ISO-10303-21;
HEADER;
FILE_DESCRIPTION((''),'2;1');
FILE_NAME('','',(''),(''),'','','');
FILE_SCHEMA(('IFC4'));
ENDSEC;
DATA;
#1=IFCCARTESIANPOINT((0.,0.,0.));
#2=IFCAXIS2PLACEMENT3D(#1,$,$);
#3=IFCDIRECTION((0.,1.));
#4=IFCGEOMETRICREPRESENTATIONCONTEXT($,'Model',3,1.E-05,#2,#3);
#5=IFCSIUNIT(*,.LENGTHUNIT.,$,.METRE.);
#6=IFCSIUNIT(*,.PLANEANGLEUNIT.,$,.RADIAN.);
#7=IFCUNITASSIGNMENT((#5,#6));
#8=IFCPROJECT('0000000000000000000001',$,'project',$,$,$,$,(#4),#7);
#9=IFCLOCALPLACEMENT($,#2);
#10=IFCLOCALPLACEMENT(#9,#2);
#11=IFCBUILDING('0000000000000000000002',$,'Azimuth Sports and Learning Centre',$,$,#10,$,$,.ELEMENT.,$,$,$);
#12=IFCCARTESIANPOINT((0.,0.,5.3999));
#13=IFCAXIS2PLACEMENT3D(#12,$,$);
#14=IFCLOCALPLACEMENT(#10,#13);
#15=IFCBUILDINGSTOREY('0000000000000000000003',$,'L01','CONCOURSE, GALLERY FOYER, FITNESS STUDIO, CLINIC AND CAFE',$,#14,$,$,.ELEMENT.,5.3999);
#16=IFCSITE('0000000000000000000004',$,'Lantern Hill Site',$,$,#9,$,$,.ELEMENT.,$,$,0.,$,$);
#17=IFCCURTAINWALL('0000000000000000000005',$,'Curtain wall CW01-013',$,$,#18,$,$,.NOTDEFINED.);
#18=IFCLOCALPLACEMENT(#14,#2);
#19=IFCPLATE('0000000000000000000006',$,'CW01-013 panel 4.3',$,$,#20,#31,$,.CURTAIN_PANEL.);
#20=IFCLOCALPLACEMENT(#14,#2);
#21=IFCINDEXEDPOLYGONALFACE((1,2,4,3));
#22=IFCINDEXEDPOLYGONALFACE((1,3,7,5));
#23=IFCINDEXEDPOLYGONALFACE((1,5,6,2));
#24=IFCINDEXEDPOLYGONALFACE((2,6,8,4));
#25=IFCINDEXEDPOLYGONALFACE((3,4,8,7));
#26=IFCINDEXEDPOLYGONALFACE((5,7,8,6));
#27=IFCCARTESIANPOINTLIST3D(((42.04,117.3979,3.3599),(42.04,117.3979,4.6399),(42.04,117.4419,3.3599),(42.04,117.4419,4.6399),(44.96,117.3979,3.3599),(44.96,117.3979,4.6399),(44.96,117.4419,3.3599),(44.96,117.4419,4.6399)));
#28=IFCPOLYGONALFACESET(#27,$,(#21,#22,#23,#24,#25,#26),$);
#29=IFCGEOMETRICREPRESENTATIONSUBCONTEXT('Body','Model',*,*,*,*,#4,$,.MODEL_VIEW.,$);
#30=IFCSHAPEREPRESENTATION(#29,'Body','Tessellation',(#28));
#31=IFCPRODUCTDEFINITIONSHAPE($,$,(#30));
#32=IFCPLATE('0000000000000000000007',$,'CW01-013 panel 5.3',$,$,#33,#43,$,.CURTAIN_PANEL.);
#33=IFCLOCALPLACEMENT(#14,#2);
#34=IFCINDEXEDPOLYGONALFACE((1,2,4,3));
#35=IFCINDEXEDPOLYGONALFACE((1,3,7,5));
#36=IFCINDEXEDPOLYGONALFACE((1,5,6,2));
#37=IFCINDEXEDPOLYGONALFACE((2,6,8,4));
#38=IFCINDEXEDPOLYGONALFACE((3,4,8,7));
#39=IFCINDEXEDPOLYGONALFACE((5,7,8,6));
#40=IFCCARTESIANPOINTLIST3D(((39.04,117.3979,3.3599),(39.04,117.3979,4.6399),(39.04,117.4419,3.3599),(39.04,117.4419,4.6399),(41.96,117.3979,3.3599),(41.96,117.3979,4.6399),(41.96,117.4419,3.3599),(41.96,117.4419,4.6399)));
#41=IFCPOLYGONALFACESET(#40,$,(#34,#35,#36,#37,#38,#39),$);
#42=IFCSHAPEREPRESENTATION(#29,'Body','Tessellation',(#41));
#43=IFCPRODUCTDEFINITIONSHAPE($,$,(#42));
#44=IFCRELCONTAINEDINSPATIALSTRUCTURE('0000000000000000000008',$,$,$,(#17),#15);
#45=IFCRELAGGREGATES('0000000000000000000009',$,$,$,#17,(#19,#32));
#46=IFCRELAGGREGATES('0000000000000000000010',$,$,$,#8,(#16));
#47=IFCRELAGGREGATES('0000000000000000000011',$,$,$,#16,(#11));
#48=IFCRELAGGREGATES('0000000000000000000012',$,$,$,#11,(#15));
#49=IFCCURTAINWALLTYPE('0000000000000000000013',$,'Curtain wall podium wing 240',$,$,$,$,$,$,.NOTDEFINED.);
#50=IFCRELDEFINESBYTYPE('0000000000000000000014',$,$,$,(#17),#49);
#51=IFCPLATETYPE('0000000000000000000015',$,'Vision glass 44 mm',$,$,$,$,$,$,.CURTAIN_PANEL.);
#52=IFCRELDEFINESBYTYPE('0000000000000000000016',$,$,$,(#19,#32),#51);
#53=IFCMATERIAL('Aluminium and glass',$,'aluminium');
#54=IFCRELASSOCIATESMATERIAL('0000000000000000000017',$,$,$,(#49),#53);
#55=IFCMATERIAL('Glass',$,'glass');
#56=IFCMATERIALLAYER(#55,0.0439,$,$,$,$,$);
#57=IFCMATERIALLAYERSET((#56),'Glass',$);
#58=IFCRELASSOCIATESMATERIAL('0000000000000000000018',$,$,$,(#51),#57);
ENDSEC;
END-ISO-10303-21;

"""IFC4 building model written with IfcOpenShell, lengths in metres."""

from ifc_helpers import new_model, si_unit, direction, frame, origin, origin_2d, place, context, subcontext, project, spatial, rectangle, extrude, material, layer, layer_set, type_object, element, aggregate, save


model = new_model("IFC4")

# Units and contexts
model_context = context("Model", 3, precision=1e-05, world=origin(), true_north=direction((0.0, 1.0)))
body_context = subcontext(model_context, "Body", "Model", "MODEL_VIEW")
ifc_project = project(units=[si_unit("LENGTHUNIT", "METRE"), si_unit("PLANEANGLEUNIT", "RADIAN")], contexts=[model_context])

# Site, building, storey
site_placement = place(None, origin())
site = spatial("IfcSite", under=ifc_project, at=site_placement, Name="Lantern Hill Site", CompositionType="ELEMENT", RefElevation=0.0)
building_placement = place(site_placement, origin())
building = spatial("IfcBuilding", under=site, at=building_placement, Name="Azimuth Sports and Learning Centre", CompositionType="ELEMENT")
storey_placement = place(building_placement, frame((0.0, 0.0, 5.3999)))
storey = spatial("IfcBuildingStorey", under=building, at=storey_placement, Name="L01", Description="CONCOURSE, GALLERY FOYER, FITNESS STUDIO, CLINIC AND CAFE", CompositionType="ELEMENT", Elevation=5.3999)

# Curtain wall, plates
ifc_material_1 = material(Name="Aluminium and glass", Category="aluminium")
curtain_wall_type = type_object("IfcCurtainWallType", Name="Curtain wall podium wing 240", PredefinedType="NOTDEFINED", material=ifc_material_1)
curtain_wall_placement = place(storey_placement, origin())
curtain_wall = element("IfcCurtainWall", 1, at=curtain_wall_placement, inside=storey, type_object=curtain_wall_type, Name="Curtain wall CW01-013", PredefinedType="NOTDEFINED")
ifc_material_2 = material(Name="Glass", Category="glass")
ifc_layer_1 = layer(ifc_material_2, 0.0439)
ifc_layer_set_1 = layer_set([ifc_layer_1], Name="Glass")
plate_type_1 = type_object("IfcPlateType", Name="Vision glass 44 mm", PredefinedType="CURTAIN_PANEL", material=ifc_layer_set_1)
plate_1_placement = place(storey_placement, frame((43.5, 117.4199, 3.3599), z_axis=(0.0, 0.0, 1.0), x_axis=(-1.0, 0.0, 0.0)))
plate_1 = element("IfcPlate", 2, at=plate_1_placement, type_object=plate_type_1, Name="CW01-013 panel 4.3", PredefinedType="CURTAIN_PANEL", context=body_context, shape_type="SweptSolid", body=[
    extrude(rectangle(XDim=2.9199, YDim=0.0439, at=origin_2d()), origin(), (0.0, 0.0, 1.0), 1.28),
])
plate_2_placement = place(storey_placement, frame((40.5, 117.4199, 3.3599), z_axis=(0.0, 0.0, 1.0), x_axis=(-1.0, 0.0, 0.0)))
plate_2 = element("IfcPlate", 3, at=plate_2_placement, type_object=plate_type_1, Name="CW01-013 panel 5.3", PredefinedType="CURTAIN_PANEL", context=body_context, shape_type="SweptSolid", body=[
    extrude(rectangle(XDim=2.9199, YDim=0.0439, at=origin_2d()), origin(), (0.0, 0.0, 1.0), 1.28),
])
aggregate(curtain_wall, [plate_1, plate_2])

save(model, "model.ifc")
